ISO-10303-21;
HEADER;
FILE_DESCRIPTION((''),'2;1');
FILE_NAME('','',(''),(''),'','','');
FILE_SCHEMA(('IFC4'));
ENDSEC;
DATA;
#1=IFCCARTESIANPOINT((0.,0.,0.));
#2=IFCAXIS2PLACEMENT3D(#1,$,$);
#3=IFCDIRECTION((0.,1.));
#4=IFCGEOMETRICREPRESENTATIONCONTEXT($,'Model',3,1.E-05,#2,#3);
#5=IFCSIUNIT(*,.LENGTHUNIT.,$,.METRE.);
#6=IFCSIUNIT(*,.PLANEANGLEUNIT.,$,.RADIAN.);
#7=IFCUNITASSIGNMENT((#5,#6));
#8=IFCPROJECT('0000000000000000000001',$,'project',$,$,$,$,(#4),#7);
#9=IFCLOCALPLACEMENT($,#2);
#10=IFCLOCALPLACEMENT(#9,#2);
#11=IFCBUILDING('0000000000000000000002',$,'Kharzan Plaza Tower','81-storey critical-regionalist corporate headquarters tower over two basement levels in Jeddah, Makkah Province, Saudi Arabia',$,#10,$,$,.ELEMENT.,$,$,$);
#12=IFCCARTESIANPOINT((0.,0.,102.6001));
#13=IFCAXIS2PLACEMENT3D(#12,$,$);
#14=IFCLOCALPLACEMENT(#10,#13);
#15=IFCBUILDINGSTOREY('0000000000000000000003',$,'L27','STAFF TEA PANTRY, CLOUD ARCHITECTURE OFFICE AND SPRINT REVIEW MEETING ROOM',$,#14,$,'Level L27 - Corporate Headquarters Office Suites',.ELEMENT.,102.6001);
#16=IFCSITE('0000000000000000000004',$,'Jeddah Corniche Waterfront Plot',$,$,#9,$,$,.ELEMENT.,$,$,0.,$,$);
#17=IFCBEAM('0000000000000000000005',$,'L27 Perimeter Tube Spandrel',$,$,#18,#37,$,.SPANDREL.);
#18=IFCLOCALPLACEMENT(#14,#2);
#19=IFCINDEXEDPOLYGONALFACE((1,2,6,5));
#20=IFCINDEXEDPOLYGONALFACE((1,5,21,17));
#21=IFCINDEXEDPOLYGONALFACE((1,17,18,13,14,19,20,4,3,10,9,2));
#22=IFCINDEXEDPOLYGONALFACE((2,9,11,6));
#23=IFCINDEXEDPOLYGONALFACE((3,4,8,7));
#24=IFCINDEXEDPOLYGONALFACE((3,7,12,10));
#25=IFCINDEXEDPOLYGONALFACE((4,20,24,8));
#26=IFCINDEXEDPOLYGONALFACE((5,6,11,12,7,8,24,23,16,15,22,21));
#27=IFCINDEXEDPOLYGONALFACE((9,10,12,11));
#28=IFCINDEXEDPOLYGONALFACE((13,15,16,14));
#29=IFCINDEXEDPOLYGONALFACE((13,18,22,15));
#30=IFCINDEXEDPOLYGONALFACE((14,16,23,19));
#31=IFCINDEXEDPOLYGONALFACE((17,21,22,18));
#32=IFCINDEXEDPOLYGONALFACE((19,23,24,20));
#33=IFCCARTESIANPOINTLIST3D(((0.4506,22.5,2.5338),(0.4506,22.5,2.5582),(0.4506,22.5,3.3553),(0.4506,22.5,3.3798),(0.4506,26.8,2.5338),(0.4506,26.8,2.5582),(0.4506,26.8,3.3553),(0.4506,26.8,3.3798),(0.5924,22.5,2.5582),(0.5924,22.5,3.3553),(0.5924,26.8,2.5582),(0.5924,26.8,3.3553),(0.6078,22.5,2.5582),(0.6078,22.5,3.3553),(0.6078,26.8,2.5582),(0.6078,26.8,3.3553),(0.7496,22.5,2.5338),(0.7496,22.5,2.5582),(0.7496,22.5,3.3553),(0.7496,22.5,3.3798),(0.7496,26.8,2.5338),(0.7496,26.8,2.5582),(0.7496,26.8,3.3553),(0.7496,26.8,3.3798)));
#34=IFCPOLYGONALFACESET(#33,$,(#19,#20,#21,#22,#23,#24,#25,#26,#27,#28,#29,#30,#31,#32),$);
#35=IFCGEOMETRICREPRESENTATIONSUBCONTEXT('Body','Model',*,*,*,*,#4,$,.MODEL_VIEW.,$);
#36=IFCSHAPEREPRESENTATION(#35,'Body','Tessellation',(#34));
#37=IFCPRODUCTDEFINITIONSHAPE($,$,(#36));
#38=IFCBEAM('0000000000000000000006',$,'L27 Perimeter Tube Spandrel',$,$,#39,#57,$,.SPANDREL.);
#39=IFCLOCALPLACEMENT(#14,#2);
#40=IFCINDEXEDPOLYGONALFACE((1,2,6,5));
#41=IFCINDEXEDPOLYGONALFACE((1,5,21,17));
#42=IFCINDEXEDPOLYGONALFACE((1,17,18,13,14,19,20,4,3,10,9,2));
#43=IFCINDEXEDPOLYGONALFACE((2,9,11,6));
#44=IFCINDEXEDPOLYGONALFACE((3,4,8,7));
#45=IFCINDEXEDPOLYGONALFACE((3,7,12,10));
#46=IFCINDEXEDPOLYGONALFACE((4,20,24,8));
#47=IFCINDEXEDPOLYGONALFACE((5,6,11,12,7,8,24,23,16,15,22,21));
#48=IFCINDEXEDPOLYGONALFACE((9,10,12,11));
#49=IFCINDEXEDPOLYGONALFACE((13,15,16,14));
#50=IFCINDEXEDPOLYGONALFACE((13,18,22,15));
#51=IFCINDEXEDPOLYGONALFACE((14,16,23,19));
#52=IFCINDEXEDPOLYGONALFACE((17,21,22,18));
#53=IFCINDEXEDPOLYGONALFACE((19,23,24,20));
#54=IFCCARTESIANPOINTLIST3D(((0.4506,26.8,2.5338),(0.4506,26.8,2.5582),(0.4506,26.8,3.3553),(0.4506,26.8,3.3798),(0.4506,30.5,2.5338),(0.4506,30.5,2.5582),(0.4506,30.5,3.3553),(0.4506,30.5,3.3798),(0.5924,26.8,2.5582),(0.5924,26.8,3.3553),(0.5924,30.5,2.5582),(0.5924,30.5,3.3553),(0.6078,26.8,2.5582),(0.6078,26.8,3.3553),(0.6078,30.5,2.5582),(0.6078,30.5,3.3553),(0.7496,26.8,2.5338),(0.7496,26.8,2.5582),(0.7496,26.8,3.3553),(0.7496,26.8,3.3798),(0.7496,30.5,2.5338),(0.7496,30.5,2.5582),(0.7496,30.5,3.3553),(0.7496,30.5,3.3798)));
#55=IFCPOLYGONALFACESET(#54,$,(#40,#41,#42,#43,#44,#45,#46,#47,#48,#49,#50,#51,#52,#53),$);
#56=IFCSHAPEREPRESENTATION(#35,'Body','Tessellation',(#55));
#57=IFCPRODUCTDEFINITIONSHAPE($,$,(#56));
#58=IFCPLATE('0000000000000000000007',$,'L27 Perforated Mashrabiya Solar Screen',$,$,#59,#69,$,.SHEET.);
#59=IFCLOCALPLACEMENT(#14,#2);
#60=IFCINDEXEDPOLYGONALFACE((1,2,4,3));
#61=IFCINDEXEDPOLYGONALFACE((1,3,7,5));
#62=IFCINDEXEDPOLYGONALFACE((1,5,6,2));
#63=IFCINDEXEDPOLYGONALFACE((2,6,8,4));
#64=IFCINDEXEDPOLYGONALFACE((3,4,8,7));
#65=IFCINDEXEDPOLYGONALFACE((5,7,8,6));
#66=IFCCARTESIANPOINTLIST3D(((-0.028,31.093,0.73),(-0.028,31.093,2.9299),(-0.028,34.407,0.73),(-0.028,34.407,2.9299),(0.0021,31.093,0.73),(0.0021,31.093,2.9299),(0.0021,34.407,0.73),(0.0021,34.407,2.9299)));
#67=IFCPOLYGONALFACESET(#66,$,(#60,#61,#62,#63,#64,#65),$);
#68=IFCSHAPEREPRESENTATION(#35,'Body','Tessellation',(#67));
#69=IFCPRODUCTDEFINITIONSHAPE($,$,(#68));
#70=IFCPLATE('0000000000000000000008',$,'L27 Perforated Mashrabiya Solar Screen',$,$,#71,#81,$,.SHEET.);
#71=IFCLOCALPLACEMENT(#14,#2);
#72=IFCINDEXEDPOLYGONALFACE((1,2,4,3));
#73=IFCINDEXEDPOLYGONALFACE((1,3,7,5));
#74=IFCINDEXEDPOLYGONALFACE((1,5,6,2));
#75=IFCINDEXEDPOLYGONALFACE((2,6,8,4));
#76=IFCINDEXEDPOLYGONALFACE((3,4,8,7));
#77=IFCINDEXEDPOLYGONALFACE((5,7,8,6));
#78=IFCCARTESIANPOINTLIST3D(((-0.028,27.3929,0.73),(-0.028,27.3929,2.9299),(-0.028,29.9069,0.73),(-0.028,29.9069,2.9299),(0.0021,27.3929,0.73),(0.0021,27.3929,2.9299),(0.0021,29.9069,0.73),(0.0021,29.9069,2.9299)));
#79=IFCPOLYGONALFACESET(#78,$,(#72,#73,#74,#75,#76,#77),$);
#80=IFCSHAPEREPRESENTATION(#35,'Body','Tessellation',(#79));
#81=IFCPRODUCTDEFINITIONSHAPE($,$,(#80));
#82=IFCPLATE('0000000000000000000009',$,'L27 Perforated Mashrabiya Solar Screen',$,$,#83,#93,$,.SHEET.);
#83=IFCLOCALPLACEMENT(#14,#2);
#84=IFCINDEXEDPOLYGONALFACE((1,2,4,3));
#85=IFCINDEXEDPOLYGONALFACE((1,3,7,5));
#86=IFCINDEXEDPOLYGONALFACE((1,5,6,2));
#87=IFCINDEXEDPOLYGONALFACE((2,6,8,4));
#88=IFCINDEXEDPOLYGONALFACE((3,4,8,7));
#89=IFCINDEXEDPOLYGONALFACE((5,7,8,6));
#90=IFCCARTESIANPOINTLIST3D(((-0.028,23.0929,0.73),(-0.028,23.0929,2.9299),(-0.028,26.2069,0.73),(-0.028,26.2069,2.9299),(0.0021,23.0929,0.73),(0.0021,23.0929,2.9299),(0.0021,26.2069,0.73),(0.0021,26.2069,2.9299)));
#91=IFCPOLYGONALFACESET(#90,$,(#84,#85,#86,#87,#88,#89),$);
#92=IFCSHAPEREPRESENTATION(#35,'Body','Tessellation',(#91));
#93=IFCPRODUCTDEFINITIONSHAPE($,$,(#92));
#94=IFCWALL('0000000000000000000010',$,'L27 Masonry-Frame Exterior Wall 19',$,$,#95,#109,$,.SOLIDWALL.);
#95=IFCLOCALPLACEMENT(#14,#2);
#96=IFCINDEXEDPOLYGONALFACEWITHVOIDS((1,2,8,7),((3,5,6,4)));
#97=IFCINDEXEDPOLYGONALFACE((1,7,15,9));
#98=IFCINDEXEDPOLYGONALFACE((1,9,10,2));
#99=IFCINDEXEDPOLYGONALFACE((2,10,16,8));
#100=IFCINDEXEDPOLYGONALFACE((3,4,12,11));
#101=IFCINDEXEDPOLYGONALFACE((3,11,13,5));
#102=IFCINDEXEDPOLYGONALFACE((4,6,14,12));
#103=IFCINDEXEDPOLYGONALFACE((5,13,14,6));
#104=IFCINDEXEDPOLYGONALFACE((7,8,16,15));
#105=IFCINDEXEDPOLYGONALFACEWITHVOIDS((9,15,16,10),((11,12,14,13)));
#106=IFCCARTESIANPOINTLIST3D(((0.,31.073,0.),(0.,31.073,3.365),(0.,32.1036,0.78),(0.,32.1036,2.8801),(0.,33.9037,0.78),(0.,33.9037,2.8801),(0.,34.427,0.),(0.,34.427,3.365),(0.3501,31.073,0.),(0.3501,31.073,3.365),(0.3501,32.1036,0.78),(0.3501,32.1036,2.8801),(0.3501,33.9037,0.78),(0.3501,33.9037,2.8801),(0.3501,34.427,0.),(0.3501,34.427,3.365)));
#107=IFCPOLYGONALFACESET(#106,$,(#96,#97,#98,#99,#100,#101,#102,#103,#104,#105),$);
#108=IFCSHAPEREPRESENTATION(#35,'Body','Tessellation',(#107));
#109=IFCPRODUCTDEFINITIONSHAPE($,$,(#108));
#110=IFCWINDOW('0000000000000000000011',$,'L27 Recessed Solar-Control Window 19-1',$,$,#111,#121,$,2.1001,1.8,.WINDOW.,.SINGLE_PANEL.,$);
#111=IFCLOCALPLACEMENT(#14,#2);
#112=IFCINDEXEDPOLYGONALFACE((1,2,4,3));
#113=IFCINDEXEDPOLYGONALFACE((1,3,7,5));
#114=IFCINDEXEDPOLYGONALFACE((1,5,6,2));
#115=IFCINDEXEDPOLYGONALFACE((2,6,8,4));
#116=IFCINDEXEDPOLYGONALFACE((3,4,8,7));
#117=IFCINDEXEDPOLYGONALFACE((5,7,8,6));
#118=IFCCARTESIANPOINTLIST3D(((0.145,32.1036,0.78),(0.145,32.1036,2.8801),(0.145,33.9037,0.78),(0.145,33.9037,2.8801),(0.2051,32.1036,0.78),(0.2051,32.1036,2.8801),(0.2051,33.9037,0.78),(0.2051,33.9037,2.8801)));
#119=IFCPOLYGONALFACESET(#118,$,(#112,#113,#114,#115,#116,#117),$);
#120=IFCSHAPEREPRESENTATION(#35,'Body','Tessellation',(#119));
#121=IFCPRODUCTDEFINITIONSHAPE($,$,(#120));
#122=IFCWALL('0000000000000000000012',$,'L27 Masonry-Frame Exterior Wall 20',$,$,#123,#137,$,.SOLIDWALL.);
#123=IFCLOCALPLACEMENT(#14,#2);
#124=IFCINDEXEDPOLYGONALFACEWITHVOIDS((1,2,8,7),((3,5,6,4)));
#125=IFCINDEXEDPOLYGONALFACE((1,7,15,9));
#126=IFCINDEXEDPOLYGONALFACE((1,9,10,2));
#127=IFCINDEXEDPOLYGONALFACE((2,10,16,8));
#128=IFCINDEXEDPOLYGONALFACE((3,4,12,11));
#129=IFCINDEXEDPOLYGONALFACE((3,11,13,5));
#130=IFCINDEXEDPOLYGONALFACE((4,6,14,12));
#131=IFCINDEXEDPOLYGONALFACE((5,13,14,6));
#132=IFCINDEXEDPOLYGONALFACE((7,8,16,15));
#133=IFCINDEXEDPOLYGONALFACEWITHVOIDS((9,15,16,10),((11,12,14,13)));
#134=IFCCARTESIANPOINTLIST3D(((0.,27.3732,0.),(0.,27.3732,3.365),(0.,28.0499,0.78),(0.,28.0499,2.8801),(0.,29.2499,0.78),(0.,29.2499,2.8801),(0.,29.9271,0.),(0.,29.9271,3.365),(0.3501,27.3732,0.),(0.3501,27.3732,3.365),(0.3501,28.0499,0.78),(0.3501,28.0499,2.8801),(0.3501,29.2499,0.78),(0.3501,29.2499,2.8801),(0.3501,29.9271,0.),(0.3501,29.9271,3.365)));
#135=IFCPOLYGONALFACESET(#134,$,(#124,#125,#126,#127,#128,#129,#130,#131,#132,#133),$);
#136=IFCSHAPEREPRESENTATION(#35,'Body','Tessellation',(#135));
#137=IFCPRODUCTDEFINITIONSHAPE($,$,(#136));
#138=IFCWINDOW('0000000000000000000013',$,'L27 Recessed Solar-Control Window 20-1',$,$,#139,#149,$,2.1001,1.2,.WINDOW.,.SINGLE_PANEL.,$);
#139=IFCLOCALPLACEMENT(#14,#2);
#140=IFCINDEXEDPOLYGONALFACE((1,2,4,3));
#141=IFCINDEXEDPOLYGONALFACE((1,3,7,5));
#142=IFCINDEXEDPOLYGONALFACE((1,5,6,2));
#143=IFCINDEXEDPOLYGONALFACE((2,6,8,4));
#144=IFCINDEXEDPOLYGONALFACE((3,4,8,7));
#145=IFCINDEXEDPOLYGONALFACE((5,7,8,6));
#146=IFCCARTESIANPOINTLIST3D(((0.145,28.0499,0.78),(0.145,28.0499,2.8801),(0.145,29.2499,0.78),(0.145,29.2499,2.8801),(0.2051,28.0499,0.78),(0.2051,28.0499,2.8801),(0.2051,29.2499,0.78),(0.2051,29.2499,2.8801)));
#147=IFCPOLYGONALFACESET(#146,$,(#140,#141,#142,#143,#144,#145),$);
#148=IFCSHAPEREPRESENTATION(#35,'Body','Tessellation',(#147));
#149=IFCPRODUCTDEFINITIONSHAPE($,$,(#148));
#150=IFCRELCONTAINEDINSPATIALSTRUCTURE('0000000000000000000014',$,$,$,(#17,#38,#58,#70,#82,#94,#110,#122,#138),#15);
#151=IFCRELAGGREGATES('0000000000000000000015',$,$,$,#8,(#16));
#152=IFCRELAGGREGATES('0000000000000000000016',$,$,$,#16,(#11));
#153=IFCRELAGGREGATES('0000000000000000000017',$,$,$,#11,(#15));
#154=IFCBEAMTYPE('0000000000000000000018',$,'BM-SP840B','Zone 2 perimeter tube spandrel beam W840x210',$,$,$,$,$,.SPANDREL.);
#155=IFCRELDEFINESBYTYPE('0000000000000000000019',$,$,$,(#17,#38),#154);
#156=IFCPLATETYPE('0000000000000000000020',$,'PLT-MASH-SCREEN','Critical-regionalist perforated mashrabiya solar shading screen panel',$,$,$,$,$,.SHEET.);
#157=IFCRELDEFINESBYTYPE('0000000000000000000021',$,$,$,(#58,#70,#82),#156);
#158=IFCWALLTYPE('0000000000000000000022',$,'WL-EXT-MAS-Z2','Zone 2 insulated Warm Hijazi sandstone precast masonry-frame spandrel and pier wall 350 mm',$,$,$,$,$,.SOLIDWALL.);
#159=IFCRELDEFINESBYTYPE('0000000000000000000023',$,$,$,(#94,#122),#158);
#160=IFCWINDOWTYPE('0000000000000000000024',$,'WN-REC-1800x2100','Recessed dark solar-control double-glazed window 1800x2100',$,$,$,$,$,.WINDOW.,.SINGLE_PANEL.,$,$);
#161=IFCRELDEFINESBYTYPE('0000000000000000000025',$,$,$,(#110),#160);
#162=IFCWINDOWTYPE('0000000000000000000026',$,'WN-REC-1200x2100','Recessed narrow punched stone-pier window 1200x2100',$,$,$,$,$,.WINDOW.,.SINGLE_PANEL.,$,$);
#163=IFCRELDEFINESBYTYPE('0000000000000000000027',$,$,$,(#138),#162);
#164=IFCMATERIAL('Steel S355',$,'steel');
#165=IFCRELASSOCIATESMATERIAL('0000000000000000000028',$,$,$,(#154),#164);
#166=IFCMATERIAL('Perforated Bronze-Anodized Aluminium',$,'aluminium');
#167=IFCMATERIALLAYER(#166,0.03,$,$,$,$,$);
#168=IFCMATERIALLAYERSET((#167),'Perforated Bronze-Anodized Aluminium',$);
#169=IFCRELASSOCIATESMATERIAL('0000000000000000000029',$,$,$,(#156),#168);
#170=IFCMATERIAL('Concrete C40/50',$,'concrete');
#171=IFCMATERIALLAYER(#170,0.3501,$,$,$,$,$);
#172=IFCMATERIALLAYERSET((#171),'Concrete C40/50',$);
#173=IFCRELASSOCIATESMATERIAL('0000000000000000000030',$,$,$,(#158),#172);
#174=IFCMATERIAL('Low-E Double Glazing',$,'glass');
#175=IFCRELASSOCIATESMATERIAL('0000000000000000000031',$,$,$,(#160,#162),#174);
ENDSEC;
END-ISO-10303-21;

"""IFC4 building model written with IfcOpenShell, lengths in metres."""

from ifc_helpers import new_model, si_unit, direction, frame, frame_2d, origin, origin_2d, place, context, subcontext, project, spatial, rectangle, i_section, extrude, source, transform, mapped, material, layer, layer_set, material_profile, profile_set, type_object, element, fill, save


model = new_model("IFC4")

# Units and contexts
model_context = context("Model", 3, precision=1e-05, world=origin(), true_north=direction((0.0, 1.0)))
body_context = subcontext(model_context, "Body", "Model", "MODEL_VIEW")
ifc_project = project(units=[si_unit("LENGTHUNIT", "METRE"), si_unit("PLANEANGLEUNIT", "RADIAN")], contexts=[model_context])

# Site, building, storey
site_placement = place(None, origin())
site = spatial("IfcSite", under=ifc_project, at=site_placement, Name="Jeddah Corniche Waterfront Plot", CompositionType="ELEMENT", RefElevation=0.0)
building_placement = place(site_placement, origin())
building = spatial("IfcBuilding", under=site, at=building_placement, Name="Kharzan Plaza Tower", Description="81-storey critical-regionalist corporate headquarters tower over two basement levels in Jeddah, Makkah Province, Saudi Arabia", CompositionType="ELEMENT")
storey_placement = place(building_placement, frame((0.0, 0.0, 102.6001)))
storey = spatial("IfcBuildingStorey", under=building, at=storey_placement, Name="L27", Description="STAFF TEA PANTRY, CLOUD ARCHITECTURE OFFICE AND SPRINT REVIEW MEETING ROOM", LongName="Level L27 - Corporate Headquarters Office Suites", CompositionType="ELEMENT", Elevation=102.6001)

# Beams
ifc_material_1 = material(Name="Steel S355", Category="steel")
ifc_material_profile_1 = material_profile(ifc_material_1, i_section(OverallWidth=0.2991, OverallDepth=0.8459, WebThickness=0.0154, FlangeThickness=0.0244, at=origin_2d()), Name="W840x210")
ifc_profile_set_1 = profile_set([ifc_material_profile_1], Name="Steel S355")
beam_type_1 = type_object("IfcBeamType", Name="BM-SP840B", Description="Zone 2 perimeter tube spandrel beam W840x210", PredefinedType="SPANDREL", material=ifc_profile_set_1)
shared_shape_1 = source(origin(), body_context, "Body", "SweptSolid", [
    extrude(i_section(OverallWidth=0.2991, OverallDepth=0.8459, WebThickness=0.0154, FlangeThickness=0.0244, at=origin_2d()), origin(), (0.0, 0.0, 1.0), 4.3),
])
beam_1_placement = place(storey_placement, frame((0.6001, 22.5, 2.9568), z_axis=(0.0, 1.0, 0.0), x_axis=(-1.0, 0.0, 0.0)))
element("IfcBeam", 1, at=beam_1_placement, inside=storey, type_object=beam_type_1, Name="L27 Perimeter Tube Spandrel", PredefinedType="SPANDREL", context=body_context, shape_type="MappedRepresentation", body=[
    mapped(shared_shape_1, transform((0.0, 0.0, 0.0), x_axis=(1.0, 0.0, 0.0), y_axis=(0.0, 1.0, 0.0), z_axis=(0.0, 0.0, 1.0))),
])
shared_shape_2 = source(origin(), body_context, "Body", "SweptSolid", [
    extrude(i_section(OverallWidth=0.2991, OverallDepth=0.8459, WebThickness=0.0154, FlangeThickness=0.0244, at=origin_2d()), origin(), (0.0, 0.0, 1.0), 3.7),
])
beam_2_placement = place(storey_placement, frame((0.6001, 26.8, 2.9568), z_axis=(0.0, 1.0, 0.0), x_axis=(-1.0, 0.0, 0.0)))
element("IfcBeam", 2, at=beam_2_placement, inside=storey, type_object=beam_type_1, Name="L27 Perimeter Tube Spandrel", PredefinedType="SPANDREL", context=body_context, shape_type="MappedRepresentation", body=[
    mapped(shared_shape_2, transform((0.0, 0.0, 0.0), x_axis=(1.0, 0.0, 0.0), y_axis=(0.0, 1.0, 0.0), z_axis=(0.0, 0.0, 1.0))),
])

# Plates
ifc_material_2 = material(Name="Perforated Bronze-Anodized Aluminium", Category="aluminium")
ifc_layer_1 = layer(ifc_material_2, 0.03)
ifc_layer_set_1 = layer_set([ifc_layer_1], Name="Perforated Bronze-Anodized Aluminium")
plate_type = type_object("IfcPlateType", Name="PLT-MASH-SCREEN", Description="Critical-regionalist perforated mashrabiya solar shading screen panel", PredefinedType="SHEET", material=ifc_layer_set_1)
shared_shape_3 = source(origin(), body_context, "Body", "SweptSolid", [
    extrude(rectangle(XDim=3.314, YDim=0.03, at=origin_2d()), origin(), (0.0, 0.0, 1.0), 2.2),
])
plate_1_placement = place(storey_placement, frame((-0.0129, 32.75, 0.73), z_axis=(0.0, 0.0, 1.0), x_axis=(0.0, -1.0, 0.0)))
element("IfcPlate", 3, at=plate_1_placement, inside=storey, type_object=plate_type, Name="L27 Perforated Mashrabiya Solar Screen", PredefinedType="SHEET", context=body_context, shape_type="MappedRepresentation", body=[
    mapped(shared_shape_3, transform((0.0, 0.0, 0.0), x_axis=(1.0, 0.0, 0.0), y_axis=(0.0, 1.0, 0.0), z_axis=(0.0, 0.0, 1.0))),
])
shared_shape_4 = source(origin(), body_context, "Body", "SweptSolid", [
    extrude(rectangle(XDim=2.5139, YDim=0.03, at=origin_2d()), origin(), (0.0, 0.0, 1.0), 2.2),
])
plate_2_placement = place(storey_placement, frame((-0.0129, 28.6499, 0.73), z_axis=(0.0, 0.0, 1.0), x_axis=(0.0, -1.0, 0.0)))
element("IfcPlate", 4, at=plate_2_placement, inside=storey, type_object=plate_type, Name="L27 Perforated Mashrabiya Solar Screen", PredefinedType="SHEET", context=body_context, shape_type="MappedRepresentation", body=[
    mapped(shared_shape_4, transform((0.0, 0.0, 0.0), x_axis=(1.0, 0.0, 0.0), y_axis=(0.0, 1.0, 0.0), z_axis=(0.0, 0.0, 1.0))),
])
shared_shape_5 = source(origin(), body_context, "Body", "SweptSolid", [
    extrude(rectangle(XDim=3.114, YDim=0.03, at=origin_2d()), origin(), (0.0, 0.0, 1.0), 2.2),
])
plate_3_placement = place(storey_placement, frame((-0.0129, 24.6499, 0.73), z_axis=(0.0, 0.0, 1.0), x_axis=(0.0, -1.0, 0.0)))
element("IfcPlate", 5, at=plate_3_placement, inside=storey, type_object=plate_type, Name="L27 Perforated Mashrabiya Solar Screen", PredefinedType="SHEET", context=body_context, shape_type="MappedRepresentation", body=[
    mapped(shared_shape_5, transform((0.0, 0.0, 0.0), x_axis=(1.0, 0.0, 0.0), y_axis=(0.0, 1.0, 0.0), z_axis=(0.0, 0.0, 1.0))),
])

# Walls, openings, windows
ifc_material_3 = material(Name="Concrete C40/50", Category="concrete")
ifc_layer_2 = layer(ifc_material_3, 0.3501)
ifc_layer_set_2 = layer_set([ifc_layer_2], Name="Concrete C40/50")
wall_type_1 = type_object("IfcWallType", Name="WL-EXT-MAS-Z2", Description="Zone 2 insulated Warm Hijazi sandstone precast masonry-frame spandrel and pier wall 350 mm", PredefinedType="SOLIDWALL", material=ifc_layer_set_2)
wall_1_placement = place(storey_placement, frame((0.175, 34.427, 0.0), z_axis=(0.0, 0.0, 1.0), x_axis=(0.0, -1.0, 0.0)))
wall_1 = element("IfcWall", 6, at=wall_1_placement, inside=storey, type_object=wall_type_1, Name="L27 Masonry-Frame Exterior Wall 19", PredefinedType="SOLIDWALL", context=body_context, shape_type="SweptSolid", body=[
    extrude(rectangle(XDim=3.354, YDim=0.3501, at=frame_2d((1.677, 0.0))), origin(), (0.0, 0.0, 1.0), 3.365),
])
opening_1_placement = place(wall_1_placement, frame((0.5234, 0.0, 0.78)))
opening_1 = element("IfcOpeningElement", 7, at=opening_1_placement, cuts=wall_1, PredefinedType="OPENING", context=body_context, shape_type="SweptSolid", body=[
    extrude(rectangle(XDim=1.8, YDim=2.1001, at=frame_2d((0.8999, 1.05))), frame((0.0, 0.1851, 0.0), z_axis=(0.0, -1.0, 0.0), x_axis=(1.0, 0.0, 0.0)), (0.0, 0.0, 1.0), 0.3701),
])
ifc_material_4 = material(Name="Low-E Double Glazing", Category="glass")
window_type_1 = type_object("IfcWindowType", Name="WN-REC-1800x2100", Description="Recessed dark solar-control double-glazed window 1800x2100", PartitioningType="SINGLE_PANEL", PredefinedType="WINDOW", material=ifc_material_4)
shared_shape_6 = source(origin(), body_context, "Body", "SweptSolid", [
    extrude(rectangle(XDim=1.8, YDim=2.1001, at=frame_2d((0.8999, 1.05))), frame((0.0, 0.03, 0.0), z_axis=(0.0, -1.0, 0.0), x_axis=(1.0, 0.0, 0.0)), (0.0, 0.0, 1.0), 0.0601),
])
window_1_placement = place(opening_1_placement, origin())
window_1 = element("IfcWindow", 8, at=window_1_placement, inside=storey, type_object=window_type_1, Name="L27 Recessed Solar-Control Window 19-1", OverallHeight=2.1001, OverallWidth=1.8, PartitioningType="SINGLE_PANEL", PredefinedType="WINDOW", context=body_context, shape_type="MappedRepresentation", body=[
    mapped(shared_shape_6, transform((0.0, 0.0, 0.0), x_axis=(1.0, 0.0, 0.0), y_axis=(0.0, 1.0, 0.0), z_axis=(0.0, 0.0, 1.0))),
])
fill(opening_1, window_1)
wall_2_placement = place(storey_placement, frame((0.175, 29.927, 0.0), z_axis=(0.0, 0.0, 1.0), x_axis=(0.0, -1.0, 0.0)))
wall_2 = element("IfcWall", 9, at=wall_2_placement, inside=storey, type_object=wall_type_1, Name="L27 Masonry-Frame Exterior Wall 20", PredefinedType="SOLIDWALL", context=body_context, shape_type="SweptSolid", body=[
    extrude(rectangle(XDim=2.554, YDim=0.3501, at=frame_2d((1.2769, 0.0))), origin(), (0.0, 0.0, 1.0), 3.365),
])
opening_2_placement = place(wall_2_placement, frame((0.677, 0.0, 0.78)))
opening_2 = element("IfcOpeningElement", 10, at=opening_2_placement, cuts=wall_2, PredefinedType="OPENING", context=body_context, shape_type="SweptSolid", body=[
    extrude(rectangle(XDim=1.2, YDim=2.1001, at=frame_2d((0.6001, 1.05))), frame((0.0, 0.1851, 0.0), z_axis=(0.0, -1.0, 0.0), x_axis=(1.0, 0.0, 0.0)), (0.0, 0.0, 1.0), 0.3701),
])
window_type_2 = type_object("IfcWindowType", Name="WN-REC-1200x2100", Description="Recessed narrow punched stone-pier window 1200x2100", PartitioningType="SINGLE_PANEL", PredefinedType="WINDOW", material=ifc_material_4)
shared_shape_7 = source(origin(), body_context, "Body", "SweptSolid", [
    extrude(rectangle(XDim=1.2, YDim=2.1001, at=frame_2d((0.6001, 1.05))), frame((0.0, 0.03, 0.0), z_axis=(0.0, -1.0, 0.0), x_axis=(1.0, 0.0, 0.0)), (0.0, 0.0, 1.0), 0.0601),
])
window_2_placement = place(opening_2_placement, origin())
window_2 = element("IfcWindow", 11, at=window_2_placement, inside=storey, type_object=window_type_2, Name="L27 Recessed Solar-Control Window 20-1", OverallHeight=2.1001, OverallWidth=1.2, PartitioningType="SINGLE_PANEL", PredefinedType="WINDOW", context=body_context, shape_type="MappedRepresentation", body=[
    mapped(shared_shape_7, transform((0.0, 0.0, 0.0), x_axis=(1.0, 0.0, 0.0), y_axis=(0.0, 1.0, 0.0), z_axis=(0.0, 0.0, 1.0))),
])
fill(opening_2, window_2)

save(model, "model.ifc")
